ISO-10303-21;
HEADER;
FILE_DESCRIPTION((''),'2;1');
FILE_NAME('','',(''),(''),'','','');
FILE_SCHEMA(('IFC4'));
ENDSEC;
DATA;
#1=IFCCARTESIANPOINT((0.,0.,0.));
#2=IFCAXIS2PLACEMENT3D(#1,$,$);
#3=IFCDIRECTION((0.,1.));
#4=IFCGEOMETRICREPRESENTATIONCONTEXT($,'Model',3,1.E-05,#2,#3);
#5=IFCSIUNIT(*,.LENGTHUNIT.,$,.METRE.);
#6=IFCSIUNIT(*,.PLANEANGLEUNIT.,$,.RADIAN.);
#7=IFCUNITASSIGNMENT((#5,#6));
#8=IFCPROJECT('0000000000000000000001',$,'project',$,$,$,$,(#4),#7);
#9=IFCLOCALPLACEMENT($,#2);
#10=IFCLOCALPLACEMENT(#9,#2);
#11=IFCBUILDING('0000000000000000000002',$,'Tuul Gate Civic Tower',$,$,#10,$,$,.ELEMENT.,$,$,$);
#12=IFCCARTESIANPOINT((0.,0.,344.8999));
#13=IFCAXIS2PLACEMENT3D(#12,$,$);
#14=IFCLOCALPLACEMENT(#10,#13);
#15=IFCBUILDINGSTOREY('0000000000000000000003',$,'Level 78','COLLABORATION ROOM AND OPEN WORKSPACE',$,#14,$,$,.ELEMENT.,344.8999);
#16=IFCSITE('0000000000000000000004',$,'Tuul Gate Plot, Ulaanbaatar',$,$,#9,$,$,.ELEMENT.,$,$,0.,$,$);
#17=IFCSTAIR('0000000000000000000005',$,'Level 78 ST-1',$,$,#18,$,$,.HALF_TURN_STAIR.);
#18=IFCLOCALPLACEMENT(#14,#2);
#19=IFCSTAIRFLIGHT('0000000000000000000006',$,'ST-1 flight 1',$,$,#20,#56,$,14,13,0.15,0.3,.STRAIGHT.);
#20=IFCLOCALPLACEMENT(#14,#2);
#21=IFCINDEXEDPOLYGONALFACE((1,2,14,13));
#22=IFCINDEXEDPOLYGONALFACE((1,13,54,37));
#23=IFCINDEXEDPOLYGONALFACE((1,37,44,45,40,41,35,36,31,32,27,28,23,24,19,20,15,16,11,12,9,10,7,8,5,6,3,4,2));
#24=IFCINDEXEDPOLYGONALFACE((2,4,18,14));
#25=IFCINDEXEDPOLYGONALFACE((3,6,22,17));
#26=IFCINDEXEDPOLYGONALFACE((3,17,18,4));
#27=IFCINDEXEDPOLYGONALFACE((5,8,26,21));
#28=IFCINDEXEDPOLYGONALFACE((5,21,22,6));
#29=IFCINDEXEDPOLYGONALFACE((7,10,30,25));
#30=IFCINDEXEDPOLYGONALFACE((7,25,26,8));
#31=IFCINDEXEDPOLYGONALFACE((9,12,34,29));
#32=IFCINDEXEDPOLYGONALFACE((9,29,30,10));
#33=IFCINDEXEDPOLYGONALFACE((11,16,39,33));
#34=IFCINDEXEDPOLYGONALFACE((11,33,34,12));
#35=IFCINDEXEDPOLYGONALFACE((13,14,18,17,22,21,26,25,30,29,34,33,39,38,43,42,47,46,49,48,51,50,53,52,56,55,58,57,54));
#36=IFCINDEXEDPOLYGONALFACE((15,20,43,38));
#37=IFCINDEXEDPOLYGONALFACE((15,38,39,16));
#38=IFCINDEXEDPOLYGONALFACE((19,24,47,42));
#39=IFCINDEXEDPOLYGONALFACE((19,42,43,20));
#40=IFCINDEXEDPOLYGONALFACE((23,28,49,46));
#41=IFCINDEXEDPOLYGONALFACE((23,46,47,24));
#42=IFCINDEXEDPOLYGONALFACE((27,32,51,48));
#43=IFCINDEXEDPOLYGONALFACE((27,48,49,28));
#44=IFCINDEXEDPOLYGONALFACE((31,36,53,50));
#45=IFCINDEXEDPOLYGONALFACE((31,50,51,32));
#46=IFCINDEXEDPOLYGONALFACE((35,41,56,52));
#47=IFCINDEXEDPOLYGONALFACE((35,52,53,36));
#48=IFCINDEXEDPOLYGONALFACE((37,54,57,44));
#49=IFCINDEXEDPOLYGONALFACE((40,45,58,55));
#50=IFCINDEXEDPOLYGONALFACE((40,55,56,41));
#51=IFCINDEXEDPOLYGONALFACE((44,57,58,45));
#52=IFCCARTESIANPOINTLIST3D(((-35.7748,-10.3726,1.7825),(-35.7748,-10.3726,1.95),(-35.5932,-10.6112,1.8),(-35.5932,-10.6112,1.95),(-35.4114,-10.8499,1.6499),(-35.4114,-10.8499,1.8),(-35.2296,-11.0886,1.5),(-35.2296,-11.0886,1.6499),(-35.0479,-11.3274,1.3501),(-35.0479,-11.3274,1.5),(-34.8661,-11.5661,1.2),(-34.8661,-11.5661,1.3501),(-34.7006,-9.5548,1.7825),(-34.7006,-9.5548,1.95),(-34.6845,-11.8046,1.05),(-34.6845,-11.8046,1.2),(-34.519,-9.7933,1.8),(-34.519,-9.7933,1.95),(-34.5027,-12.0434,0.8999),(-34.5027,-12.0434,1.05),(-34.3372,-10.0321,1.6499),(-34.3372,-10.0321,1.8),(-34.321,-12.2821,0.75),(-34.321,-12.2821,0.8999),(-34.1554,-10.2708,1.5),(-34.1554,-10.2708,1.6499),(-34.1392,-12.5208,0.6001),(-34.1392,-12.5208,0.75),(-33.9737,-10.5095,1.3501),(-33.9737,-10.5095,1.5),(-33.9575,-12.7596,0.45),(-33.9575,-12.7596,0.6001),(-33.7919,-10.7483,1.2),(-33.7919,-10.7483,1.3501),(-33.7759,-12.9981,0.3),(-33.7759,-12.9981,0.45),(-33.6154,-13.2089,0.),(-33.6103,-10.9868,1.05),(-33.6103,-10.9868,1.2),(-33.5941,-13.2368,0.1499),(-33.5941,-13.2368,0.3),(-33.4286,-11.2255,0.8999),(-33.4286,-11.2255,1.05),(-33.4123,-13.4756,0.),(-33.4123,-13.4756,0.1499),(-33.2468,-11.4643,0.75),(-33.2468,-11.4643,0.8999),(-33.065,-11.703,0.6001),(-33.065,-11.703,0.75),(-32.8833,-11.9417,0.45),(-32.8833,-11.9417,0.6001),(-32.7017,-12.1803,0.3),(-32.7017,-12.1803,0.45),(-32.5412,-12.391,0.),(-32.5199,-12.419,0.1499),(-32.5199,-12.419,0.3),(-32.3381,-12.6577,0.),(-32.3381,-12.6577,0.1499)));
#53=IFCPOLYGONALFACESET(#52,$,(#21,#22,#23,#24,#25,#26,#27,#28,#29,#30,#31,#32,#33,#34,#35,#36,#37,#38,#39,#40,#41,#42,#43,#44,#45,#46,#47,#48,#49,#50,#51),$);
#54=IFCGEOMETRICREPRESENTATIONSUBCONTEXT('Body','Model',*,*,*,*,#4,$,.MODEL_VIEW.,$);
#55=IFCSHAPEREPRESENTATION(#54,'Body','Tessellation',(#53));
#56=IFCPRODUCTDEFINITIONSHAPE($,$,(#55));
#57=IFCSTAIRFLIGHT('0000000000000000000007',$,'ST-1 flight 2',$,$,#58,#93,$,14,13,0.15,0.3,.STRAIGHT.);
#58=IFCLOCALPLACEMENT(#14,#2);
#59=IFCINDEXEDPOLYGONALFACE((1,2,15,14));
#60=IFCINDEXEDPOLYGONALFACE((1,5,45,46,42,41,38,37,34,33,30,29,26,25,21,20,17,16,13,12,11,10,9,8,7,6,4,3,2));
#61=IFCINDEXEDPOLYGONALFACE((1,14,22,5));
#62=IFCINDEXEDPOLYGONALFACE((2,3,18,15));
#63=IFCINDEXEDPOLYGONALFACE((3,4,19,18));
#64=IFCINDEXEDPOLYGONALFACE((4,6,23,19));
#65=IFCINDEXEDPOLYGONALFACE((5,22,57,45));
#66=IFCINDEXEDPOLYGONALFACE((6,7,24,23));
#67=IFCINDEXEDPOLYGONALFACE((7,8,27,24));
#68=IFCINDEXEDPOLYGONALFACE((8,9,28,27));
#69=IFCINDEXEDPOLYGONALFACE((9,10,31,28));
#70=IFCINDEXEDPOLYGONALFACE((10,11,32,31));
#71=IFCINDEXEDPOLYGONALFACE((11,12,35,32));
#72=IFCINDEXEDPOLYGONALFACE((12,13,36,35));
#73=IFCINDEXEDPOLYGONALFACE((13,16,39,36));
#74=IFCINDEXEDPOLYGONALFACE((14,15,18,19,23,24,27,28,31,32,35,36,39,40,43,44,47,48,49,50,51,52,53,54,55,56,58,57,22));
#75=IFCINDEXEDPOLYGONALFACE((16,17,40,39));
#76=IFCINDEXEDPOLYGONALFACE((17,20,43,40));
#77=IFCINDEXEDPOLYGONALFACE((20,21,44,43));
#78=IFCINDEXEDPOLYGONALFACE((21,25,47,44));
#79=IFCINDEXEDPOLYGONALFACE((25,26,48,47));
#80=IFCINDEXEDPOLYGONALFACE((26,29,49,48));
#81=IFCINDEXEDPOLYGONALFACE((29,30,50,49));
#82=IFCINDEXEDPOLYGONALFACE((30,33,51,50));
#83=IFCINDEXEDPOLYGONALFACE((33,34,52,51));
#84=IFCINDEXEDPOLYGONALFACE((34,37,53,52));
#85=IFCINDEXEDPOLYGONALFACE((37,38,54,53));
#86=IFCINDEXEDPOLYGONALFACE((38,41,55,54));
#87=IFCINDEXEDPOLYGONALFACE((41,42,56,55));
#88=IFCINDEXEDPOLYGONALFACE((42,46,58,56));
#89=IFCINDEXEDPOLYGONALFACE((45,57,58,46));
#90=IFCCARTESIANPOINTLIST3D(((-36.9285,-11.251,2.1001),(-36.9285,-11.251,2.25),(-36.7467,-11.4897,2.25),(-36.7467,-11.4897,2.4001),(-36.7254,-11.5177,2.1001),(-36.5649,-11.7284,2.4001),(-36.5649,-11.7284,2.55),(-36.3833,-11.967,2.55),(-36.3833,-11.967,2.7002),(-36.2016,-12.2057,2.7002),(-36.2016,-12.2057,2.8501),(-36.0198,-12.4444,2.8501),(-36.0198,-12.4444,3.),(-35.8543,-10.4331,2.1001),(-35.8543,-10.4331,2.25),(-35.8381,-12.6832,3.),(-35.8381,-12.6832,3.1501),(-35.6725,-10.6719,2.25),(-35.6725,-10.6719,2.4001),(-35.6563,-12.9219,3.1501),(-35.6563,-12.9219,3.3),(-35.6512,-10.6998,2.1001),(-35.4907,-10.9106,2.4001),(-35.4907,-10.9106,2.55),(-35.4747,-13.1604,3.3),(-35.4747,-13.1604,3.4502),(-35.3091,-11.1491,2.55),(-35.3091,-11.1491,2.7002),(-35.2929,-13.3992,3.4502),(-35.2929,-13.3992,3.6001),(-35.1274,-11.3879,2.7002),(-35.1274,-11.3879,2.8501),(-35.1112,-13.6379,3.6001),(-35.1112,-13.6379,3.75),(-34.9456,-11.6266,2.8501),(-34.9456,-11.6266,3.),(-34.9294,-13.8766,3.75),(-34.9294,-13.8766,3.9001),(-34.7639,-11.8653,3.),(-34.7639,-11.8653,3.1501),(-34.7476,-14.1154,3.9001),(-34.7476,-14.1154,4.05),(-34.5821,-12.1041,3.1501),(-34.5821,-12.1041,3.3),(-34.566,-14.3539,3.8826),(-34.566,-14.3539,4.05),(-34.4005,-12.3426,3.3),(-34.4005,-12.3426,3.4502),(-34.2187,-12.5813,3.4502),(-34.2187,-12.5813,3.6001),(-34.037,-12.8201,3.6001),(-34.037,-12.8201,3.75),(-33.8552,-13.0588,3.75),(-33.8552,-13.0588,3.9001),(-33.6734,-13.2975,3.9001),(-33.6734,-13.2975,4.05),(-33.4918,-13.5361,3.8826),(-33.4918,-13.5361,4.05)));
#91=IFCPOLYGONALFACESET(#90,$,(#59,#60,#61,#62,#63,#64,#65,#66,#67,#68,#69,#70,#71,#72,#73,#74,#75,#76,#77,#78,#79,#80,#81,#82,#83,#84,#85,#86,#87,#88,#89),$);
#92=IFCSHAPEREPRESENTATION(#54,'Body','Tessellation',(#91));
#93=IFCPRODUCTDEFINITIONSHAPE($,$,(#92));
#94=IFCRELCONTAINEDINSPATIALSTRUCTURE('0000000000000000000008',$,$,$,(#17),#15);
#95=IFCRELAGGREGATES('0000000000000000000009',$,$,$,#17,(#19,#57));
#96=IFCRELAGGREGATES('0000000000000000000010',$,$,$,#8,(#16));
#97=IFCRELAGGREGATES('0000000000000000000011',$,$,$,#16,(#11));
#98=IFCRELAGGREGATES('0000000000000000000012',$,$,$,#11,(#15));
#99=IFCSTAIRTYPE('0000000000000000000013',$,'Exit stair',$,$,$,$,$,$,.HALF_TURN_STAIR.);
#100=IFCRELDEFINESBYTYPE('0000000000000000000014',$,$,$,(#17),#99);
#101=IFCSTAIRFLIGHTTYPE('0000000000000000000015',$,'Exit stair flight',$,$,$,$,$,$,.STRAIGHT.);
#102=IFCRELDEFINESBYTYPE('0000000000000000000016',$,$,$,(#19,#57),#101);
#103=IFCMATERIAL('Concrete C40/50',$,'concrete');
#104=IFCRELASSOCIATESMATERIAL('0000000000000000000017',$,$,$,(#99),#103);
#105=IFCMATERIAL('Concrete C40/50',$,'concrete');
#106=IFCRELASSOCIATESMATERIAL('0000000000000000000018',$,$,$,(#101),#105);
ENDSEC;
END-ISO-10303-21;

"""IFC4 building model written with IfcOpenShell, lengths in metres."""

from ifc_helpers import new_model, si_unit, direction, frame, origin, place, context, subcontext, project, spatial, polyline, outline, extrude, material, type_object, element, aggregate, save


model = new_model("IFC4")

# Units and contexts
model_context = context("Model", 3, precision=1e-05, world=origin(), true_north=direction((0.0, 1.0)))
body_context = subcontext(model_context, "Body", "Model", "MODEL_VIEW")
ifc_project = project(units=[si_unit("LENGTHUNIT", "METRE"), si_unit("PLANEANGLEUNIT", "RADIAN")], contexts=[model_context])

# Site, building, storey
site_placement = place(None, origin())
site = spatial("IfcSite", under=ifc_project, at=site_placement, Name="Tuul Gate Plot, Ulaanbaatar", CompositionType="ELEMENT", RefElevation=0.0)
building_placement = place(site_placement, origin())
building = spatial("IfcBuilding", under=site, at=building_placement, Name="Tuul Gate Civic Tower", CompositionType="ELEMENT")
storey_placement = place(building_placement, frame((0.0, 0.0, 344.8999)))
storey = spatial("IfcBuildingStorey", under=building, at=storey_placement, Name="Level 78", Description="COLLABORATION ROOM AND OPEN WORKSPACE", CompositionType="ELEMENT", Elevation=344.8999)

# Stair, stair flights
ifc_material_1 = material(Name="Concrete C40/50", Category="concrete")
stair_type = type_object("IfcStairType", Name="Exit stair", PredefinedType="HALF_TURN_STAIR", material=ifc_material_1)
stair_placement = place(storey_placement, origin())
stair = element("IfcStair", 1, at=stair_placement, inside=storey, type_object=stair_type, Name="Level 78 ST-1", PredefinedType="HALF_TURN_STAIR")
ifc_material_2 = material(Name="Concrete C40/50", Category="concrete")
stair_flight_type = type_object("IfcStairFlightType", Name="Exit stair flight", PredefinedType="STRAIGHT", material=ifc_material_2)
stair_flight_1_placement = place(storey_placement, frame((-32.8752, -13.0667, 0.0), z_axis=(0.0, 0.0, 1.0), x_axis=(-0.605764, 0.795644, 0.0)))
stair_flight_1 = element("IfcStairFlight", 2, at=stair_flight_1_placement, type_object=stair_flight_type, Name="ST-1 flight 1", NumberOfRisers=14, NumberOfTreads=13, PredefinedType="STRAIGHT", RiserHeight=0.15, TreadLength=0.3, context=body_context, shape_type="SweptSolid", body=[
    extrude(outline(polyline([(0.0, 0.0), (0.0, 0.1499), (0.3, 0.1499), (0.3, 0.3), (0.6001, 0.3), (0.6001, 0.45), (0.8999, 0.45), (0.8999, 0.6001), (1.2, 0.6001), (1.2, 0.75), (1.5, 0.75), (1.5, 0.8999), (1.8, 0.8999), (1.8, 1.05), (2.1001, 1.05), (2.1001, 1.2), (2.3999, 1.2), (2.3999, 1.3501), (2.7, 1.3501), (2.7, 1.5), (3.0, 1.5), (3.0, 1.6499), (3.3, 1.6499), (3.3, 1.8), (3.6001, 1.8), (3.6001, 1.95), (3.8999, 1.95), (3.8999, 2.1001), (3.8999, 1.7825), (0.3352, 0.0), (0.0, 0.0)])), frame((0.0, 0.675, 0.0), z_axis=(0.0, -1.0, 0.0), x_axis=(1.0, 0.0, 0.0)), (0.0, 0.0, 1.0), 1.3501),
])
stair_flight_2_placement = place(storey_placement, frame((-36.3914, -10.842, 2.1001), z_axis=(0.0, 0.0, 1.0), x_axis=(0.605764, -0.795644, 0.0)))
stair_flight_2 = element("IfcStairFlight", 3, at=stair_flight_2_placement, type_object=stair_flight_type, Name="ST-1 flight 2", NumberOfRisers=14, NumberOfTreads=13, PredefinedType="STRAIGHT", RiserHeight=0.15, TreadLength=0.3, context=body_context, shape_type="SweptSolid", body=[
    extrude(outline(polyline([(0.0, 0.0), (0.0, 0.1499), (0.3, 0.1499), (0.3, 0.3), (0.6001, 0.3), (0.6001, 0.45), (0.8999, 0.45), (0.8999, 0.6001), (1.2, 0.6001), (1.2, 0.75), (1.5, 0.75), (1.5, 0.8999), (1.8, 0.8999), (1.8, 1.05), (2.1001, 1.05), (2.1001, 1.2), (2.3999, 1.2), (2.3999, 1.3501), (2.7, 1.3501), (2.7, 1.5), (3.0, 1.5), (3.0, 1.6499), (3.3, 1.6499), (3.3, 1.8), (3.6001, 1.8), (3.6001, 1.95), (3.8999, 1.95), (3.8999, 2.1001), (3.8999, 1.7825), (0.3352, 0.0), (0.0, 0.0)])), frame((0.0, 0.675, 0.0), z_axis=(0.0, -1.0, 0.0), x_axis=(1.0, 0.0, 0.0)), (0.0, 0.0, 1.0), 1.3501),
])
aggregate(stair, [stair_flight_1, stair_flight_2])

save(model, "model.ifc")
